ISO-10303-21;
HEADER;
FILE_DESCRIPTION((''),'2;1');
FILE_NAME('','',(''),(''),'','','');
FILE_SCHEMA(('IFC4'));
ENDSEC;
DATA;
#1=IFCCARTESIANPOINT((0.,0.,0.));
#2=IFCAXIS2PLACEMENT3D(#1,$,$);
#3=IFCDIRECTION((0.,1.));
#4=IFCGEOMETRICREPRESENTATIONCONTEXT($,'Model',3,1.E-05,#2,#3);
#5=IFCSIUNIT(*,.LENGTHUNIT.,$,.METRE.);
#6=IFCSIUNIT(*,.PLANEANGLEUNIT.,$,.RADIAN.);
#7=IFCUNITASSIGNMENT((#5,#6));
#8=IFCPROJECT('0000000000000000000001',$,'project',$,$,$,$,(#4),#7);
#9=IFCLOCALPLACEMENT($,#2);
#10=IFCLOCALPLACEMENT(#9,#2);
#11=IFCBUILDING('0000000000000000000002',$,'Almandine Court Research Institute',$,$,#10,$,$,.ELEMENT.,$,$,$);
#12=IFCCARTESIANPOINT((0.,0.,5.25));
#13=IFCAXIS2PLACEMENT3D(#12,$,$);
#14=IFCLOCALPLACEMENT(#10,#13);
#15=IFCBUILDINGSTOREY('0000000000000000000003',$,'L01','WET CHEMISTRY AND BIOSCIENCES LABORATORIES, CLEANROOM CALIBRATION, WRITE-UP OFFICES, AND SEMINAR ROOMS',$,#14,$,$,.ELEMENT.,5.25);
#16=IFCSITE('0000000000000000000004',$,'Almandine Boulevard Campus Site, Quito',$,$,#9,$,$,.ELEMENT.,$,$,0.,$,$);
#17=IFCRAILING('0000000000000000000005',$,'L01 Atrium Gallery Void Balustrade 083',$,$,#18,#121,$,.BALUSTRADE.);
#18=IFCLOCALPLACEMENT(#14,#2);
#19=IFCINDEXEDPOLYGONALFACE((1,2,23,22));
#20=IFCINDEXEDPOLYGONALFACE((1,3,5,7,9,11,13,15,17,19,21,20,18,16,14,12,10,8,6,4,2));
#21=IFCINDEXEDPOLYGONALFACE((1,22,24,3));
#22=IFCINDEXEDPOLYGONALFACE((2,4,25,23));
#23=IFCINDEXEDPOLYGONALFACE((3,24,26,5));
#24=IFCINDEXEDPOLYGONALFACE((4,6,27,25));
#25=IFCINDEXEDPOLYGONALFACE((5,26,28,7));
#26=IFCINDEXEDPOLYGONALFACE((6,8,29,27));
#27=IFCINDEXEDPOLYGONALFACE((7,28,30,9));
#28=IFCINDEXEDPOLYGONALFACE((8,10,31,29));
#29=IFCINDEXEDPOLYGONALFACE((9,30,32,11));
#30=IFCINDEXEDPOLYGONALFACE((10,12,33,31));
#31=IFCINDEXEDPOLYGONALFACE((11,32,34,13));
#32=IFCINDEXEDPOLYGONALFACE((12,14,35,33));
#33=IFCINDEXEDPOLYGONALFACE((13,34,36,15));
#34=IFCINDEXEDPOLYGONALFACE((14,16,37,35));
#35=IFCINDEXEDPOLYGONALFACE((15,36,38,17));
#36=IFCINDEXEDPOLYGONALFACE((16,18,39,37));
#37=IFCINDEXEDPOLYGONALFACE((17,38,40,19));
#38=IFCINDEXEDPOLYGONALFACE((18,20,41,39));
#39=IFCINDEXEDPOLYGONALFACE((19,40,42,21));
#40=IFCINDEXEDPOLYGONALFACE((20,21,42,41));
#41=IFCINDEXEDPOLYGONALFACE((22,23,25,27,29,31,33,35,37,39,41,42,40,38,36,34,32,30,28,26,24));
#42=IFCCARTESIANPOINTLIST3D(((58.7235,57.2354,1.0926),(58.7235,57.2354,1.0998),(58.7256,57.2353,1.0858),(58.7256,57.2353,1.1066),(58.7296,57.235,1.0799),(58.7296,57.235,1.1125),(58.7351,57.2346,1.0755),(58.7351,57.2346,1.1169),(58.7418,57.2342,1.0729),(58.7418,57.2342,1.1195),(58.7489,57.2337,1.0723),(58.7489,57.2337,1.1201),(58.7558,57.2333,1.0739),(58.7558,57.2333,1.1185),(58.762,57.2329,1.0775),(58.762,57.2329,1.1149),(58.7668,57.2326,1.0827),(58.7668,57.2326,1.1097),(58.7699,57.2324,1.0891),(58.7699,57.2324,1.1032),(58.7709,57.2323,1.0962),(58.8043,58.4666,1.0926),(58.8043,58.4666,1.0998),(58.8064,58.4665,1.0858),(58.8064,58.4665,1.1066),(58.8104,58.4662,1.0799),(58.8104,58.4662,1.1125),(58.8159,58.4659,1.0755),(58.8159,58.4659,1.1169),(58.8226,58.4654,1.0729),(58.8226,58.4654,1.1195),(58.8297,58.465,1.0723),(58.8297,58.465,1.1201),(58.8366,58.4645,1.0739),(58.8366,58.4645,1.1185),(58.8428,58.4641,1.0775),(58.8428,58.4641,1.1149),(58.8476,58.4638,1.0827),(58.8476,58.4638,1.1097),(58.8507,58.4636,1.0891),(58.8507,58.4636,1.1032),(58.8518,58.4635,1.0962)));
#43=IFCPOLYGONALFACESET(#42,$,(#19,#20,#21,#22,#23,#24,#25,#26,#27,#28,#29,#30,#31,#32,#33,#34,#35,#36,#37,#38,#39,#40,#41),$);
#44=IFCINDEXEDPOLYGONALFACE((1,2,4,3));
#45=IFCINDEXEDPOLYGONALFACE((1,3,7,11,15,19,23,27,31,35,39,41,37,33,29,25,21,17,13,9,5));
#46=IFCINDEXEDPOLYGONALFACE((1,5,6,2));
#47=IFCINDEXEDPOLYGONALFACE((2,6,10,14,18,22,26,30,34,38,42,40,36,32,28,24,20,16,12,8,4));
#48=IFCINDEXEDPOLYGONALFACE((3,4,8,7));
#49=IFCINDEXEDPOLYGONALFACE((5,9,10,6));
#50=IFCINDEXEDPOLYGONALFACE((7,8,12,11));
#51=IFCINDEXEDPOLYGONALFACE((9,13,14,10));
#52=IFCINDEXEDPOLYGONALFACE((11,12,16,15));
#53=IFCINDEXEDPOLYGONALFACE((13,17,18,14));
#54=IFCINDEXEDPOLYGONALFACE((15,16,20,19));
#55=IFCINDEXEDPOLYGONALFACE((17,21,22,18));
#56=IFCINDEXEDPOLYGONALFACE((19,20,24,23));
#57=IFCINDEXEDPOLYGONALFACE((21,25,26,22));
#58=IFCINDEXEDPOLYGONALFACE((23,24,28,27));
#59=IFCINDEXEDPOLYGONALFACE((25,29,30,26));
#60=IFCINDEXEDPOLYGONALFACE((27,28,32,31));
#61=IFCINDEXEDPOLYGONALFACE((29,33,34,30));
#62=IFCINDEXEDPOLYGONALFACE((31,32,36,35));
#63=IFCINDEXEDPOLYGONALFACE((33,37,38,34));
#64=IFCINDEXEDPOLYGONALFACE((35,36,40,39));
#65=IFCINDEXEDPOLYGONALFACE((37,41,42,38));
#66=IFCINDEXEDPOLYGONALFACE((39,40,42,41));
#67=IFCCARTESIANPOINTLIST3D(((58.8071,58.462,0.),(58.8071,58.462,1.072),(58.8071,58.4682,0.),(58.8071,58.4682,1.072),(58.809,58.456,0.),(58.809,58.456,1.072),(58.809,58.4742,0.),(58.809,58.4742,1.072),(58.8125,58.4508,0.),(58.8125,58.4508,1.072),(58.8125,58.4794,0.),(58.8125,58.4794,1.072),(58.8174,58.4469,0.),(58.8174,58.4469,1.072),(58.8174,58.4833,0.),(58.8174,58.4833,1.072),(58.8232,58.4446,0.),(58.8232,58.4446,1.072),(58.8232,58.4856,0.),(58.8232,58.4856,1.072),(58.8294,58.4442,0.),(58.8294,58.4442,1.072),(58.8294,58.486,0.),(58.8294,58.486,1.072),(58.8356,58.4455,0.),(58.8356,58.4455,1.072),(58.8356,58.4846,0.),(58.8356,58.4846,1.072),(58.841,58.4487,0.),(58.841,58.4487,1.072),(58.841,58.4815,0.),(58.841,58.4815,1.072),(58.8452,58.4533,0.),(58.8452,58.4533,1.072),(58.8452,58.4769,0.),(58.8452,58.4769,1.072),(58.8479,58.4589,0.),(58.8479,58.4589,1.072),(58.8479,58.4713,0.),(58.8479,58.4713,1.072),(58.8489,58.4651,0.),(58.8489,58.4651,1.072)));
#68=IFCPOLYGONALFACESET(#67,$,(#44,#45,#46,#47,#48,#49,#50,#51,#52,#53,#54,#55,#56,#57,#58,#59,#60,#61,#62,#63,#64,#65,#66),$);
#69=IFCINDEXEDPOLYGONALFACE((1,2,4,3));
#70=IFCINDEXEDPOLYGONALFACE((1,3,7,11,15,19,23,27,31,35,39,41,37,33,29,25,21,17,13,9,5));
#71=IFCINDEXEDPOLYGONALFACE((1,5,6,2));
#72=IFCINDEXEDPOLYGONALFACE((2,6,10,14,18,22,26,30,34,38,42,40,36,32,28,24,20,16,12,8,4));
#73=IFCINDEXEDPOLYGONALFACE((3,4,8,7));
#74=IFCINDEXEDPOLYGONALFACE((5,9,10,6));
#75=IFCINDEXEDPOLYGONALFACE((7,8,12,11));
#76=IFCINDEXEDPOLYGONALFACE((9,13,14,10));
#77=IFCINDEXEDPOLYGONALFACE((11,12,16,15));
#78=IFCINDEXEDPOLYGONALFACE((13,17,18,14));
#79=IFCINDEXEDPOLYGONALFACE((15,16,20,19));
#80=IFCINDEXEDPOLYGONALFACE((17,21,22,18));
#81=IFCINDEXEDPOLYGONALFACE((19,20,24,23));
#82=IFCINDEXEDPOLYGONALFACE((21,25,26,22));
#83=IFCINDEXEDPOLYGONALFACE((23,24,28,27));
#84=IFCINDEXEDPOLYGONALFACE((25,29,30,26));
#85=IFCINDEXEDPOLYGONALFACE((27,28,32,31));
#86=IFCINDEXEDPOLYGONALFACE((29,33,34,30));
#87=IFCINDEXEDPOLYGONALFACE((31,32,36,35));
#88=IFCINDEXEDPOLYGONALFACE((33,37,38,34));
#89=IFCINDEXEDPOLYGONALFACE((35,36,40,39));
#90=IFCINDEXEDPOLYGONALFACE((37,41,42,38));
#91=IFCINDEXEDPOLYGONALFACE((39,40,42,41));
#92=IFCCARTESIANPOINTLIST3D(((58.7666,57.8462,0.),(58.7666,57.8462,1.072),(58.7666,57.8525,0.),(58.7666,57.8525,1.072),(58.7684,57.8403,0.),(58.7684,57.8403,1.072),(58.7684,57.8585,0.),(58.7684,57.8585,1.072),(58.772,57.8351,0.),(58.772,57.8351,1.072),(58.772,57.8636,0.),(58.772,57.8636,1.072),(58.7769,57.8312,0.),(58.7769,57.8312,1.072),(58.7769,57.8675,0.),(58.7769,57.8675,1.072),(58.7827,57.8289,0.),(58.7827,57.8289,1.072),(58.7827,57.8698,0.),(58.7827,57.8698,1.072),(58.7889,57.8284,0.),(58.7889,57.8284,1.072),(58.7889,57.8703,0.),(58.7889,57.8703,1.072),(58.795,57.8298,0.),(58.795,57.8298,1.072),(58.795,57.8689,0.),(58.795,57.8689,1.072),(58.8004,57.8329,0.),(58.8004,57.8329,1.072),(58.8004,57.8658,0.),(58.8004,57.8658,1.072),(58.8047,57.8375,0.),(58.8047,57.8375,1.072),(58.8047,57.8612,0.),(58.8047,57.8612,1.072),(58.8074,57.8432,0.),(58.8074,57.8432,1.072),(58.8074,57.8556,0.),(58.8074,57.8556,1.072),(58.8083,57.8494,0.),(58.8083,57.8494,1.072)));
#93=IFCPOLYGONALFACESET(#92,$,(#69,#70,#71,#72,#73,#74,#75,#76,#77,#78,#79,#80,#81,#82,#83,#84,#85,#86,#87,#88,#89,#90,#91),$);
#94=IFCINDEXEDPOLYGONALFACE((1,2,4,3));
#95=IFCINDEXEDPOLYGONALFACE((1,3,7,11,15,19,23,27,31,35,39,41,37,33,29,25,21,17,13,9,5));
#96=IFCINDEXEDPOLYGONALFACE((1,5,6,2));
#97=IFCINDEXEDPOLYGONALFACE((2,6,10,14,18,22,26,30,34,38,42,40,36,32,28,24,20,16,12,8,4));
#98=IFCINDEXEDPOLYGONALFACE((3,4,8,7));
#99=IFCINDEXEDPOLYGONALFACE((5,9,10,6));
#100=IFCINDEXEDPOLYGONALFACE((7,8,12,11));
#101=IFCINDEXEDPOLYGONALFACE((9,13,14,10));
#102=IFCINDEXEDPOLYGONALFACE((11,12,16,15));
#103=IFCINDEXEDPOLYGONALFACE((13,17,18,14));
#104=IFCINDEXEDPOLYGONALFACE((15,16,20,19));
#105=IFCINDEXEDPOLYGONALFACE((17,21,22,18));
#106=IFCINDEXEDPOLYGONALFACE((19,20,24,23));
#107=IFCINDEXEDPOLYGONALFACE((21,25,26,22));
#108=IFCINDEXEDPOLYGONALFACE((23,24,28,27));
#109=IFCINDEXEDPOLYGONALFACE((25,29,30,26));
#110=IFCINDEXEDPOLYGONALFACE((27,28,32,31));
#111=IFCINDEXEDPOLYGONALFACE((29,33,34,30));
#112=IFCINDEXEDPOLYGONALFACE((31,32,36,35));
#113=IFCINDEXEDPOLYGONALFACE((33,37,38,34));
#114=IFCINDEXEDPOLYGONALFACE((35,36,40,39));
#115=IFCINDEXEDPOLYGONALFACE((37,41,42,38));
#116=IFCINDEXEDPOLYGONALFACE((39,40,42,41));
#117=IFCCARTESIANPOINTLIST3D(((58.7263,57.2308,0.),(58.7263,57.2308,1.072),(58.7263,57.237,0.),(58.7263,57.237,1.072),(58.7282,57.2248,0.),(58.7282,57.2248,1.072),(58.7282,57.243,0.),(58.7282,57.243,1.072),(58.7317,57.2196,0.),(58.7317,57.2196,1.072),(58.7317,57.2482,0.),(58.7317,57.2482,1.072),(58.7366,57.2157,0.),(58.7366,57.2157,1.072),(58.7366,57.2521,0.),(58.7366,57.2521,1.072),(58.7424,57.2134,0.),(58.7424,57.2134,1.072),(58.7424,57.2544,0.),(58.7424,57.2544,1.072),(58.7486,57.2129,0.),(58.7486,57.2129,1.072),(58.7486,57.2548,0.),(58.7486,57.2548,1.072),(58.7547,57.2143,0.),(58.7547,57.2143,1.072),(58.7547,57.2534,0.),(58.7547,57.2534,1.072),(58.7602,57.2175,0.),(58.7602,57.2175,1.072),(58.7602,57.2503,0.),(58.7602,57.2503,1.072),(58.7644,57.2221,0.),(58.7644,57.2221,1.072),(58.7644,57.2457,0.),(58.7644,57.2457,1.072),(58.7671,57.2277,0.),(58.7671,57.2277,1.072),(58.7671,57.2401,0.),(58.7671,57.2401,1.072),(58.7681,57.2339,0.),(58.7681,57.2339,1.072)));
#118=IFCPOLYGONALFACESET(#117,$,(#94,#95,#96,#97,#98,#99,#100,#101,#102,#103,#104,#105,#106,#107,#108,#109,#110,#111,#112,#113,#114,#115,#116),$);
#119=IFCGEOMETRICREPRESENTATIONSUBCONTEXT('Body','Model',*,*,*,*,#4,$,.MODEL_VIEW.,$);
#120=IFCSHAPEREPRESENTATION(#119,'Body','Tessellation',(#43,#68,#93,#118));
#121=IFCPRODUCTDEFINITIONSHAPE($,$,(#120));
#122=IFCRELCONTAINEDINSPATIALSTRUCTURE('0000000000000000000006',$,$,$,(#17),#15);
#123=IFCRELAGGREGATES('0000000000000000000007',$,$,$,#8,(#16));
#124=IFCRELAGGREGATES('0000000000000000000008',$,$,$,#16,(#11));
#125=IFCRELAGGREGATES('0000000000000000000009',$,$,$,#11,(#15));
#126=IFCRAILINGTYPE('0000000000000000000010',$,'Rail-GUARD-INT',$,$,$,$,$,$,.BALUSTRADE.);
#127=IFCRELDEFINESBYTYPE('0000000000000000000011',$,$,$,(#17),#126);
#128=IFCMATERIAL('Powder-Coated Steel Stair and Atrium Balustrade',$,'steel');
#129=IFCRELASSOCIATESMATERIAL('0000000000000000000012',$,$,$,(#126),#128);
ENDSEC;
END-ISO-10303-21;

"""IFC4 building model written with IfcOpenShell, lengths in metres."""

from ifc_helpers import new_model, si_unit, direction, frame, origin, origin_2d, place, context, subcontext, project, spatial, circle, extrude, material, type_object, element, save


model = new_model("IFC4")

# Units and contexts
model_context = context("Model", 3, precision=1e-05, world=origin(), true_north=direction((0.0, 1.0)))
body_context = subcontext(model_context, "Body", "Model", "MODEL_VIEW")
ifc_project = project(units=[si_unit("LENGTHUNIT", "METRE"), si_unit("PLANEANGLEUNIT", "RADIAN")], contexts=[model_context])

# Site, building, storey
site_placement = place(None, origin())
site = spatial("IfcSite", under=ifc_project, at=site_placement, Name="Almandine Boulevard Campus Site, Quito", CompositionType="ELEMENT", RefElevation=0.0)
building_placement = place(site_placement, origin())
building = spatial("IfcBuilding", under=site, at=building_placement, Name="Almandine Court Research Institute", CompositionType="ELEMENT")
storey_placement = place(building_placement, frame((0.0, 0.0, 5.25)))
storey = spatial("IfcBuildingStorey", under=building, at=storey_placement, Name="L01", Description="WET CHEMISTRY AND BIOSCIENCES LABORATORIES, CLEANROOM CALIBRATION, WRITE-UP OFFICES, AND SEMINAR ROOMS", CompositionType="ELEMENT", Elevation=5.25)

# Railing
ifc_material_1 = material(Name="Powder-Coated Steel Stair and Atrium Balustrade", Category="steel")
railing_type = type_object("IfcRailingType", Name="Rail-GUARD-INT", PredefinedType="BALUSTRADE", material=ifc_material_1)
railing_1_placement = place(storey_placement, frame((58.8279, 58.4651, 0.0)))
element("IfcRailing", 1, at=railing_1_placement, inside=storey, type_object=railing_type, Name="L01 Atrium Gallery Void Balustrade 083", PredefinedType="BALUSTRADE", context=body_context, shape_type="SweptSolid", body=[
    extrude(circle(Radius=0.0239, at=origin_2d()), frame((0.0, 0.0, 1.0962), z_axis=(-0.065495, -0.997853, 0.0), x_axis=(0.997853, -0.065495, 0.0)), (0.0, 0.0, 1.0), 1.2339),
    extrude(circle(Radius=0.021, at=origin_2d()), origin(), (0.0, 0.0, 1.0), 1.072),
    extrude(circle(Radius=0.021, at=origin_2d()), frame((-0.0405, -0.6157, 0.0)), (0.0, 0.0, 1.0), 1.072),
    extrude(circle(Radius=0.021, at=origin_2d()), frame((-0.0808, -1.2312, 0.0)), (0.0, 0.0, 1.0), 1.072),
])

save(model, "model.ifc")
